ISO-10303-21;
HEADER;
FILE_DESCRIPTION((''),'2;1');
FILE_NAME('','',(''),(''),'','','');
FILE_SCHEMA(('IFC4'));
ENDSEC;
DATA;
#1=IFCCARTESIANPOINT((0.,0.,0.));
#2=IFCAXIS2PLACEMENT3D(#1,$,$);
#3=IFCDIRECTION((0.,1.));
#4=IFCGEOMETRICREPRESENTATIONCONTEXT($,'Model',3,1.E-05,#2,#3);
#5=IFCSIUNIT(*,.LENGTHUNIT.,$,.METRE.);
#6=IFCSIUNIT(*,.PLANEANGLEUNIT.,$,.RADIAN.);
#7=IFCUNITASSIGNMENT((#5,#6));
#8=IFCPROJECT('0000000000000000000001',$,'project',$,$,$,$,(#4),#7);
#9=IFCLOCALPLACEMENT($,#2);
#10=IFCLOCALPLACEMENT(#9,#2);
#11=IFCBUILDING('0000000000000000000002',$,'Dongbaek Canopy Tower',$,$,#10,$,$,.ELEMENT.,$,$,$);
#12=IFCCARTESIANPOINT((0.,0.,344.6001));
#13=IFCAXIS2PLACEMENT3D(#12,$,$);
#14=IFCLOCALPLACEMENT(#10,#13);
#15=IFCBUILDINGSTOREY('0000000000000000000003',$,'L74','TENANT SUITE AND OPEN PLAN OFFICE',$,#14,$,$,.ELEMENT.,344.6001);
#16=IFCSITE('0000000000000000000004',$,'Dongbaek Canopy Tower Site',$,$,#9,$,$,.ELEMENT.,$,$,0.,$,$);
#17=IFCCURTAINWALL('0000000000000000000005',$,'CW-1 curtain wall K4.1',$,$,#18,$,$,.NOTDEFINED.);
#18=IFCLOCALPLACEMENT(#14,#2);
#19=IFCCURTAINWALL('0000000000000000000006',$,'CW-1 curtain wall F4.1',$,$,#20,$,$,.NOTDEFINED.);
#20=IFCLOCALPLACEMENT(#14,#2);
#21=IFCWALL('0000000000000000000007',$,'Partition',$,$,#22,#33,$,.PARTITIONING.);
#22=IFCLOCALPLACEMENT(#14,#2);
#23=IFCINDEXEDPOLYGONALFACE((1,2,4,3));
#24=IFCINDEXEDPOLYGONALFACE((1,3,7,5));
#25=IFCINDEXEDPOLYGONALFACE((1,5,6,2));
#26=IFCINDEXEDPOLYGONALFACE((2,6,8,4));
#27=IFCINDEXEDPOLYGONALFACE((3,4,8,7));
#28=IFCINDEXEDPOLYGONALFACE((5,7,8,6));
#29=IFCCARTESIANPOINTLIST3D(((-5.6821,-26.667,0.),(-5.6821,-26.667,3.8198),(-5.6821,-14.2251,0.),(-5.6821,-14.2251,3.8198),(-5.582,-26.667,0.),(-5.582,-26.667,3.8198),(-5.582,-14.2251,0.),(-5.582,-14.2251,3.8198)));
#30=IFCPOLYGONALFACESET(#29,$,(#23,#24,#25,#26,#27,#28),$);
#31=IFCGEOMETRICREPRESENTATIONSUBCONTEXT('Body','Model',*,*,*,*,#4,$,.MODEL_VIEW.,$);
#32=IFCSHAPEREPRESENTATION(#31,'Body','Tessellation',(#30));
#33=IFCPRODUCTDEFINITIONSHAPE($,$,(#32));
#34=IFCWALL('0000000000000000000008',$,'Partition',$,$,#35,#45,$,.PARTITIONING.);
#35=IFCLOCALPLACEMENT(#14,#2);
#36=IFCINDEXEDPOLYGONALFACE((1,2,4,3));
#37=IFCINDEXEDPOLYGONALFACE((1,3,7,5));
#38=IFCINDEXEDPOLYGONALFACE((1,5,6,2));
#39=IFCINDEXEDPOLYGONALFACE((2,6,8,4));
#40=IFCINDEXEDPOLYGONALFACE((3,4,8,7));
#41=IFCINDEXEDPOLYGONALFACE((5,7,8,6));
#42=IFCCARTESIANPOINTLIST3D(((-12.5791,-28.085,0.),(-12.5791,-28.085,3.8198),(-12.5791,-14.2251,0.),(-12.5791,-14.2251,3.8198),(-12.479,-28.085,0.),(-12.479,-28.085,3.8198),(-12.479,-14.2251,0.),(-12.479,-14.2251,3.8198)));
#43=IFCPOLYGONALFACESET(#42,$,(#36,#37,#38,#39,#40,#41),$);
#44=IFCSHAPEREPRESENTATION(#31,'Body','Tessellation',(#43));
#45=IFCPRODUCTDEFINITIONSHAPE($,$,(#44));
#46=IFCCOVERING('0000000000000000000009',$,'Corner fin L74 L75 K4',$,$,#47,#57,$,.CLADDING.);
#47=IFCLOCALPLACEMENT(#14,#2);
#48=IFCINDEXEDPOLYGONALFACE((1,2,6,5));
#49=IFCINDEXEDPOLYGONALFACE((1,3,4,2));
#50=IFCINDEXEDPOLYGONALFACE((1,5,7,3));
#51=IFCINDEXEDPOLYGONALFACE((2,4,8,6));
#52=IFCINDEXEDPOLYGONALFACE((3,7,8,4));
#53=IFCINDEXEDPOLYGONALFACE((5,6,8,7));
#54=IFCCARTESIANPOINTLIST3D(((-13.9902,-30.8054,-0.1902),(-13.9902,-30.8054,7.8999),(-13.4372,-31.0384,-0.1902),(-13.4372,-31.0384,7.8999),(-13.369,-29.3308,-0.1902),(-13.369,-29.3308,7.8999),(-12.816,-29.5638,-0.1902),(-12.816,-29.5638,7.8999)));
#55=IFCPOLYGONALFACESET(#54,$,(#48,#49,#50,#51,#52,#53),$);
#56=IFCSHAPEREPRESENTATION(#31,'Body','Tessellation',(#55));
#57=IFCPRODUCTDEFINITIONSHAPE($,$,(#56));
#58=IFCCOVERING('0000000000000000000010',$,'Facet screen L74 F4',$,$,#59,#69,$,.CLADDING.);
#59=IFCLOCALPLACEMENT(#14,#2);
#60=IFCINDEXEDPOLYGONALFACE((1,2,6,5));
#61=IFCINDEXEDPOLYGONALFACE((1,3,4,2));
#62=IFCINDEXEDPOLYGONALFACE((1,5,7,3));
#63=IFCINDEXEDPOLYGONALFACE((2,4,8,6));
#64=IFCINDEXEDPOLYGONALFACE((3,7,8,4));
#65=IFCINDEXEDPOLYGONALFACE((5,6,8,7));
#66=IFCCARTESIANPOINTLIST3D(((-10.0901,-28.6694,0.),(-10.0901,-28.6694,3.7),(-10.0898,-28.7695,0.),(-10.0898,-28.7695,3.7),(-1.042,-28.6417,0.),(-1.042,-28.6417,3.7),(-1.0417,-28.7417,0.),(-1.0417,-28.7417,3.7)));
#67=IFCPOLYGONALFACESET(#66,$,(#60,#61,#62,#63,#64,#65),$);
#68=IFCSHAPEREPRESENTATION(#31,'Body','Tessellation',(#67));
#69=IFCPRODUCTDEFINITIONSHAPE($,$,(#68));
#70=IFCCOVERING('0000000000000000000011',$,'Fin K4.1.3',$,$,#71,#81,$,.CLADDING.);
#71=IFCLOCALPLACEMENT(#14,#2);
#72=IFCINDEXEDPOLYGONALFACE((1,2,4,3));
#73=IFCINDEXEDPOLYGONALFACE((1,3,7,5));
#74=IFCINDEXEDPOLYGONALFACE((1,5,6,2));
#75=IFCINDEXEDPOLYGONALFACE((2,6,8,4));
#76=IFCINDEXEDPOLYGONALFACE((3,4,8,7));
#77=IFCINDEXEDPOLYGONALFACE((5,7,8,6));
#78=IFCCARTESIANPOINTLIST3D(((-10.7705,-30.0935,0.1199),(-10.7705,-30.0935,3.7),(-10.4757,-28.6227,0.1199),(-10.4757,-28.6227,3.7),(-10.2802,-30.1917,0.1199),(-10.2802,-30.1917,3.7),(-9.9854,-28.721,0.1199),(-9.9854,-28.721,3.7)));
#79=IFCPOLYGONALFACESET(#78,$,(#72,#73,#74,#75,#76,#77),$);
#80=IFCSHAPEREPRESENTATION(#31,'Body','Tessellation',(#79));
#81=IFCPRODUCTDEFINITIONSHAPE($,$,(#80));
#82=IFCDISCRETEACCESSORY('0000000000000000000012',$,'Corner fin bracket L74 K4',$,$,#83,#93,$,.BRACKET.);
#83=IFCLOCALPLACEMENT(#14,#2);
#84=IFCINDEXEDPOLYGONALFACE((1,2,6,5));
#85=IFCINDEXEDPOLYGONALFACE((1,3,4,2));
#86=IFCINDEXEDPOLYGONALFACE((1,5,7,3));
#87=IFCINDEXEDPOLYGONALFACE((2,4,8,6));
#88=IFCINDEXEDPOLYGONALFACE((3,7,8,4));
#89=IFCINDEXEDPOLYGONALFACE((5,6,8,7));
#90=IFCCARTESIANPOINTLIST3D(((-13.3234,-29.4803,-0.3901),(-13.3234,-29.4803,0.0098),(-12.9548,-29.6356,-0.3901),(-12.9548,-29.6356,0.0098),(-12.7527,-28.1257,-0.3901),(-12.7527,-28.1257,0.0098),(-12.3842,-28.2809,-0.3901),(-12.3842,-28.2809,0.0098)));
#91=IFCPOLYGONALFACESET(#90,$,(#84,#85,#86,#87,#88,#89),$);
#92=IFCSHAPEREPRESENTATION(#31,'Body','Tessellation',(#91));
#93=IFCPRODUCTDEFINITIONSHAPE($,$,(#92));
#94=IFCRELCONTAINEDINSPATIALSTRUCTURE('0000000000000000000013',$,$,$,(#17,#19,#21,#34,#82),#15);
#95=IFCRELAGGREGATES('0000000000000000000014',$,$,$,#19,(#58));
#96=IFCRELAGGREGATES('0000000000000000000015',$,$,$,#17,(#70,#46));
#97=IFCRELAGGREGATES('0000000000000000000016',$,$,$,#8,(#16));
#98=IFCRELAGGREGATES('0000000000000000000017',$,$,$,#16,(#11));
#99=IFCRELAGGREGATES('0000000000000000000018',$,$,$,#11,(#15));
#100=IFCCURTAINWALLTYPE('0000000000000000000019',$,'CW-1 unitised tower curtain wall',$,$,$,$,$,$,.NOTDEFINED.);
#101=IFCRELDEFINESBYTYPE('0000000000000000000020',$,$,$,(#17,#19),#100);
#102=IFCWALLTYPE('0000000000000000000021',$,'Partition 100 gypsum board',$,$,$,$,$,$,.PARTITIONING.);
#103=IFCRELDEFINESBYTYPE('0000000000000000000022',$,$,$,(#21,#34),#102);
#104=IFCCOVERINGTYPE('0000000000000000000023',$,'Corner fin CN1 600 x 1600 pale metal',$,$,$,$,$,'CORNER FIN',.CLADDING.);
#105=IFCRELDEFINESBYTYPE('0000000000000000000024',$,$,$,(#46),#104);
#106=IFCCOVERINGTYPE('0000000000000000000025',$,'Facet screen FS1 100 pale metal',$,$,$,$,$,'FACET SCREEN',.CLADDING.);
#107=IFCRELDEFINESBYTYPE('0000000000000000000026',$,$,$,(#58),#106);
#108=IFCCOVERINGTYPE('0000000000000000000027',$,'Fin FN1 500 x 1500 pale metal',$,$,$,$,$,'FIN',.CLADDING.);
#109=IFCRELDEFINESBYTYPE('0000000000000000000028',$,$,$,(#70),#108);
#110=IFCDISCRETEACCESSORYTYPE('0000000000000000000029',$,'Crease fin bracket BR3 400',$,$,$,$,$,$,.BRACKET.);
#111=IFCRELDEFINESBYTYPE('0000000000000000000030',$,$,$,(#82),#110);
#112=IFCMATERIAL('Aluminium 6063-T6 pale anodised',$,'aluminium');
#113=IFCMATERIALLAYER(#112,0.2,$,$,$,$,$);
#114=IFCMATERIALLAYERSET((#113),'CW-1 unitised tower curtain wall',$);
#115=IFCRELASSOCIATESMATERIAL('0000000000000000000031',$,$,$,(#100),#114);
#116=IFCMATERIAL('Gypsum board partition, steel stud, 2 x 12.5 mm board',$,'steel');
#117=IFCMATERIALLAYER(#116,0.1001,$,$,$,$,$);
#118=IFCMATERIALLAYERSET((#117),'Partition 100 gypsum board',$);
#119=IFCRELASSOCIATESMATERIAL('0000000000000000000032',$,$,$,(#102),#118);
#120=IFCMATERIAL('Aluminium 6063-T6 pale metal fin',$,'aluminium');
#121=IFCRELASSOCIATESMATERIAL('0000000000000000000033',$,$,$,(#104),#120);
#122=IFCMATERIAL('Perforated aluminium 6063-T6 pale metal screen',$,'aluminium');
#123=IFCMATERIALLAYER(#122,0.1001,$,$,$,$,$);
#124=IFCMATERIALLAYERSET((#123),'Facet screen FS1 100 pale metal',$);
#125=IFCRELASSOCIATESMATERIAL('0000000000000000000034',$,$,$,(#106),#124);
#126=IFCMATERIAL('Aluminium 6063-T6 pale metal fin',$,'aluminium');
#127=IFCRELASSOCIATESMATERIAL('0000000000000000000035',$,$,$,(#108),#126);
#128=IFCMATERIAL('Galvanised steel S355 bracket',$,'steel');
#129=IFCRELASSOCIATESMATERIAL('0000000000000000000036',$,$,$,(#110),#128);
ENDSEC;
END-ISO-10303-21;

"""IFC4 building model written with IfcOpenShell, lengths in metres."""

from ifc_helpers import new_model, si_unit, direction, frame, frame_2d, origin, origin_2d, place, context, subcontext, project, spatial, rectangle, extrude, material, layer, layer_set, material_profile, profile_set, type_object, element, aggregate, save


model = new_model("IFC4")

# Units and contexts
model_context = context("Model", 3, precision=1e-05, world=origin(), true_north=direction((0.0, 1.0)))
body_context = subcontext(model_context, "Body", "Model", "MODEL_VIEW")
ifc_project = project(units=[si_unit("LENGTHUNIT", "METRE"), si_unit("PLANEANGLEUNIT", "RADIAN")], contexts=[model_context])

# Site, building, storey
site_placement = place(None, origin())
site = spatial("IfcSite", under=ifc_project, at=site_placement, Name="Dongbaek Canopy Tower Site", CompositionType="ELEMENT", RefElevation=0.0)
building_placement = place(site_placement, origin())
building = spatial("IfcBuilding", under=site, at=building_placement, Name="Dongbaek Canopy Tower", CompositionType="ELEMENT")
storey_placement = place(building_placement, frame((0.0, 0.0, 344.6001)))
storey = spatial("IfcBuildingStorey", under=building, at=storey_placement, Name="L74", Description="TENANT SUITE AND OPEN PLAN OFFICE", CompositionType="ELEMENT", Elevation=344.6001)

# Curtain walls
ifc_material_1 = material(Name="Aluminium 6063-T6 pale anodised", Category="aluminium")
ifc_layer_1 = layer(ifc_material_1, 0.2)
ifc_layer_set_1 = layer_set([ifc_layer_1], Name="CW-1 unitised tower curtain wall")
curtain_wall_type = type_object("IfcCurtainWallType", Name="CW-1 unitised tower curtain wall", PredefinedType="NOTDEFINED", material=ifc_layer_set_1)
curtain_wall_1_placement = place(storey_placement, origin())
curtain_wall_1 = element("IfcCurtainWall", 1, at=curtain_wall_1_placement, inside=storey, type_object=curtain_wall_type, Name="CW-1 curtain wall K4.1", PredefinedType="NOTDEFINED")
curtain_wall_2_placement = place(storey_placement, origin())
curtain_wall_2 = element("IfcCurtainWall", 2, at=curtain_wall_2_placement, inside=storey, type_object=curtain_wall_type, Name="CW-1 curtain wall F4.1", PredefinedType="NOTDEFINED")

# Walls
ifc_material_2 = material(Name="Gypsum board partition, steel stud, 2 x 12.5 mm board", Category="steel")
ifc_layer_2 = layer(ifc_material_2, 0.1001)
ifc_layer_set_2 = layer_set([ifc_layer_2], Name="Partition 100 gypsum board")
wall_type_1 = type_object("IfcWallType", Name="Partition 100 gypsum board", PredefinedType="PARTITIONING", material=ifc_layer_set_2)
wall_1_placement = place(storey_placement, frame((-5.6321, -26.667, 0.0), z_axis=(0.0, 0.0, 1.0), x_axis=(0.0, 1.0, 0.0)))
element("IfcWall", 3, at=wall_1_placement, inside=storey, type_object=wall_type_1, Name="Partition", PredefinedType="PARTITIONING", context=body_context, shape_type="SweptSolid", body=[
    extrude(rectangle(XDim=12.4419, YDim=0.1001, at=frame_2d((6.2209, 0.0))), origin(), (0.0, 0.0, 1.0), 3.8198),
])
wall_2_placement = place(storey_placement, frame((-12.5291, -28.085, 0.0), z_axis=(0.0, 0.0, 1.0), x_axis=(0.0, 1.0, 0.0)))
element("IfcWall", 4, at=wall_2_placement, inside=storey, type_object=wall_type_1, Name="Partition", PredefinedType="PARTITIONING", context=body_context, shape_type="SweptSolid", body=[
    extrude(rectangle(XDim=13.8599, YDim=0.1001, at=frame_2d((6.9299, 0.0))), origin(), (0.0, 0.0, 1.0), 3.8198),
])

# Coverings
ifc_material_3 = material(Name="Aluminium 6063-T6 pale metal fin", Category="aluminium")
ifc_material_profile_1 = material_profile(ifc_material_3, rectangle(XDim=1.6001, YDim=0.6001, at=origin_2d()), Name="Corner fin CN1 600 x 1600 pale metal")
ifc_profile_set_1 = profile_set([ifc_material_profile_1], Name="Aluminium 6063-T6 pale metal fin")
covering_type_1 = type_object("IfcCoveringType", Name="Corner fin CN1 600 x 1600 pale metal", ElementType="CORNER FIN", PredefinedType="CLADDING", material=ifc_profile_set_1)
covering_1_placement = place(storey_placement, frame((-13.4031, -30.1846, -0.1902), z_axis=(0.0, 0.0, 1.0), x_axis=(-0.38822, -0.921567, 0.0)))
covering_1 = element("IfcCovering", 5, at=covering_1_placement, type_object=covering_type_1, Name="Corner fin L74 L75 K4", PredefinedType="CLADDING", context=body_context, shape_type="SweptSolid", body=[
    extrude(rectangle(XDim=1.6001, YDim=0.6001, at=origin_2d()), origin(), (0.0, 0.0, 1.0), 8.0901),
])
ifc_material_4 = material(Name="Perforated aluminium 6063-T6 pale metal screen", Category="aluminium")
ifc_layer_3 = layer(ifc_material_4, 0.1001)
ifc_layer_set_3 = layer_set([ifc_layer_3], Name="Facet screen FS1 100 pale metal")
covering_type_2 = type_object("IfcCoveringType", Name="Facet screen FS1 100 pale metal", ElementType="FACET SCREEN", PredefinedType="CLADDING", material=ifc_layer_set_3)
covering_2_placement = place(storey_placement, frame((-5.5659, -28.7056, 0.0), z_axis=(0.0, 0.0, 1.0), x_axis=(0.999995, 0.003065, 0.0)))
covering_2 = element("IfcCovering", 6, at=covering_2_placement, type_object=covering_type_2, Name="Facet screen L74 F4", PredefinedType="CLADDING", context=body_context, shape_type="SweptSolid", body=[
    extrude(rectangle(XDim=9.0481, YDim=0.1001, at=origin_2d()), origin(), (0.0, 0.0, 1.0), 3.7),
])
aggregate(curtain_wall_2, [covering_2])
ifc_material_5 = material(Name="Aluminium 6063-T6 pale metal fin", Category="aluminium")
ifc_material_profile_2 = material_profile(ifc_material_5, rectangle(XDim=1.5, YDim=0.5, at=origin_2d()), Name="Fin FN1 500 x 1500 pale metal")
ifc_profile_set_2 = profile_set([ifc_material_profile_2], Name="Aluminium 6063-T6 pale metal fin")
covering_type_3 = type_object("IfcCoveringType", Name="Fin FN1 500 x 1500 pale metal", ElementType="FIN", PredefinedType="CLADDING", material=ifc_profile_set_2)
covering_3_placement = place(storey_placement, frame((-10.3779, -29.4072, 0.1199), z_axis=(0.0, 0.0, 1.0), x_axis=(-0.19653, -0.980498, 0.0)))
covering_3 = element("IfcCovering", 7, at=covering_3_placement, type_object=covering_type_3, Name="Fin K4.1.3", PredefinedType="CLADDING", context=body_context, shape_type="SweptSolid", body=[
    extrude(rectangle(XDim=1.5, YDim=0.5, at=origin_2d()), origin(), (0.0, 0.0, 1.0), 3.5801),
])
aggregate(curtain_wall_1, [covering_3, covering_1])

# Discrete accessory
ifc_material_6 = material(Name="Galvanised steel S355 bracket", Category="steel")
discrete_accessory_type = type_object("IfcDiscreteAccessoryType", Name="Crease fin bracket BR3 400", PredefinedType="BRACKET", material=ifc_material_6)
discrete_accessory_placement = place(storey_placement, frame((-12.8538, -28.8806, -0.3901), z_axis=(0.0, 0.0, 1.0), x_axis=(-0.38822, -0.921567, 0.0)))
element("IfcDiscreteAccessory", 8, at=discrete_accessory_placement, inside=storey, type_object=discrete_accessory_type, Name="Corner fin bracket L74 K4", PredefinedType="BRACKET", context=body_context, shape_type="SweptSolid", body=[
    extrude(rectangle(XDim=1.47, YDim=0.3999, at=origin_2d()), origin(), (0.0, 0.0, 1.0), 0.3999),
])

save(model, "model.ifc")
